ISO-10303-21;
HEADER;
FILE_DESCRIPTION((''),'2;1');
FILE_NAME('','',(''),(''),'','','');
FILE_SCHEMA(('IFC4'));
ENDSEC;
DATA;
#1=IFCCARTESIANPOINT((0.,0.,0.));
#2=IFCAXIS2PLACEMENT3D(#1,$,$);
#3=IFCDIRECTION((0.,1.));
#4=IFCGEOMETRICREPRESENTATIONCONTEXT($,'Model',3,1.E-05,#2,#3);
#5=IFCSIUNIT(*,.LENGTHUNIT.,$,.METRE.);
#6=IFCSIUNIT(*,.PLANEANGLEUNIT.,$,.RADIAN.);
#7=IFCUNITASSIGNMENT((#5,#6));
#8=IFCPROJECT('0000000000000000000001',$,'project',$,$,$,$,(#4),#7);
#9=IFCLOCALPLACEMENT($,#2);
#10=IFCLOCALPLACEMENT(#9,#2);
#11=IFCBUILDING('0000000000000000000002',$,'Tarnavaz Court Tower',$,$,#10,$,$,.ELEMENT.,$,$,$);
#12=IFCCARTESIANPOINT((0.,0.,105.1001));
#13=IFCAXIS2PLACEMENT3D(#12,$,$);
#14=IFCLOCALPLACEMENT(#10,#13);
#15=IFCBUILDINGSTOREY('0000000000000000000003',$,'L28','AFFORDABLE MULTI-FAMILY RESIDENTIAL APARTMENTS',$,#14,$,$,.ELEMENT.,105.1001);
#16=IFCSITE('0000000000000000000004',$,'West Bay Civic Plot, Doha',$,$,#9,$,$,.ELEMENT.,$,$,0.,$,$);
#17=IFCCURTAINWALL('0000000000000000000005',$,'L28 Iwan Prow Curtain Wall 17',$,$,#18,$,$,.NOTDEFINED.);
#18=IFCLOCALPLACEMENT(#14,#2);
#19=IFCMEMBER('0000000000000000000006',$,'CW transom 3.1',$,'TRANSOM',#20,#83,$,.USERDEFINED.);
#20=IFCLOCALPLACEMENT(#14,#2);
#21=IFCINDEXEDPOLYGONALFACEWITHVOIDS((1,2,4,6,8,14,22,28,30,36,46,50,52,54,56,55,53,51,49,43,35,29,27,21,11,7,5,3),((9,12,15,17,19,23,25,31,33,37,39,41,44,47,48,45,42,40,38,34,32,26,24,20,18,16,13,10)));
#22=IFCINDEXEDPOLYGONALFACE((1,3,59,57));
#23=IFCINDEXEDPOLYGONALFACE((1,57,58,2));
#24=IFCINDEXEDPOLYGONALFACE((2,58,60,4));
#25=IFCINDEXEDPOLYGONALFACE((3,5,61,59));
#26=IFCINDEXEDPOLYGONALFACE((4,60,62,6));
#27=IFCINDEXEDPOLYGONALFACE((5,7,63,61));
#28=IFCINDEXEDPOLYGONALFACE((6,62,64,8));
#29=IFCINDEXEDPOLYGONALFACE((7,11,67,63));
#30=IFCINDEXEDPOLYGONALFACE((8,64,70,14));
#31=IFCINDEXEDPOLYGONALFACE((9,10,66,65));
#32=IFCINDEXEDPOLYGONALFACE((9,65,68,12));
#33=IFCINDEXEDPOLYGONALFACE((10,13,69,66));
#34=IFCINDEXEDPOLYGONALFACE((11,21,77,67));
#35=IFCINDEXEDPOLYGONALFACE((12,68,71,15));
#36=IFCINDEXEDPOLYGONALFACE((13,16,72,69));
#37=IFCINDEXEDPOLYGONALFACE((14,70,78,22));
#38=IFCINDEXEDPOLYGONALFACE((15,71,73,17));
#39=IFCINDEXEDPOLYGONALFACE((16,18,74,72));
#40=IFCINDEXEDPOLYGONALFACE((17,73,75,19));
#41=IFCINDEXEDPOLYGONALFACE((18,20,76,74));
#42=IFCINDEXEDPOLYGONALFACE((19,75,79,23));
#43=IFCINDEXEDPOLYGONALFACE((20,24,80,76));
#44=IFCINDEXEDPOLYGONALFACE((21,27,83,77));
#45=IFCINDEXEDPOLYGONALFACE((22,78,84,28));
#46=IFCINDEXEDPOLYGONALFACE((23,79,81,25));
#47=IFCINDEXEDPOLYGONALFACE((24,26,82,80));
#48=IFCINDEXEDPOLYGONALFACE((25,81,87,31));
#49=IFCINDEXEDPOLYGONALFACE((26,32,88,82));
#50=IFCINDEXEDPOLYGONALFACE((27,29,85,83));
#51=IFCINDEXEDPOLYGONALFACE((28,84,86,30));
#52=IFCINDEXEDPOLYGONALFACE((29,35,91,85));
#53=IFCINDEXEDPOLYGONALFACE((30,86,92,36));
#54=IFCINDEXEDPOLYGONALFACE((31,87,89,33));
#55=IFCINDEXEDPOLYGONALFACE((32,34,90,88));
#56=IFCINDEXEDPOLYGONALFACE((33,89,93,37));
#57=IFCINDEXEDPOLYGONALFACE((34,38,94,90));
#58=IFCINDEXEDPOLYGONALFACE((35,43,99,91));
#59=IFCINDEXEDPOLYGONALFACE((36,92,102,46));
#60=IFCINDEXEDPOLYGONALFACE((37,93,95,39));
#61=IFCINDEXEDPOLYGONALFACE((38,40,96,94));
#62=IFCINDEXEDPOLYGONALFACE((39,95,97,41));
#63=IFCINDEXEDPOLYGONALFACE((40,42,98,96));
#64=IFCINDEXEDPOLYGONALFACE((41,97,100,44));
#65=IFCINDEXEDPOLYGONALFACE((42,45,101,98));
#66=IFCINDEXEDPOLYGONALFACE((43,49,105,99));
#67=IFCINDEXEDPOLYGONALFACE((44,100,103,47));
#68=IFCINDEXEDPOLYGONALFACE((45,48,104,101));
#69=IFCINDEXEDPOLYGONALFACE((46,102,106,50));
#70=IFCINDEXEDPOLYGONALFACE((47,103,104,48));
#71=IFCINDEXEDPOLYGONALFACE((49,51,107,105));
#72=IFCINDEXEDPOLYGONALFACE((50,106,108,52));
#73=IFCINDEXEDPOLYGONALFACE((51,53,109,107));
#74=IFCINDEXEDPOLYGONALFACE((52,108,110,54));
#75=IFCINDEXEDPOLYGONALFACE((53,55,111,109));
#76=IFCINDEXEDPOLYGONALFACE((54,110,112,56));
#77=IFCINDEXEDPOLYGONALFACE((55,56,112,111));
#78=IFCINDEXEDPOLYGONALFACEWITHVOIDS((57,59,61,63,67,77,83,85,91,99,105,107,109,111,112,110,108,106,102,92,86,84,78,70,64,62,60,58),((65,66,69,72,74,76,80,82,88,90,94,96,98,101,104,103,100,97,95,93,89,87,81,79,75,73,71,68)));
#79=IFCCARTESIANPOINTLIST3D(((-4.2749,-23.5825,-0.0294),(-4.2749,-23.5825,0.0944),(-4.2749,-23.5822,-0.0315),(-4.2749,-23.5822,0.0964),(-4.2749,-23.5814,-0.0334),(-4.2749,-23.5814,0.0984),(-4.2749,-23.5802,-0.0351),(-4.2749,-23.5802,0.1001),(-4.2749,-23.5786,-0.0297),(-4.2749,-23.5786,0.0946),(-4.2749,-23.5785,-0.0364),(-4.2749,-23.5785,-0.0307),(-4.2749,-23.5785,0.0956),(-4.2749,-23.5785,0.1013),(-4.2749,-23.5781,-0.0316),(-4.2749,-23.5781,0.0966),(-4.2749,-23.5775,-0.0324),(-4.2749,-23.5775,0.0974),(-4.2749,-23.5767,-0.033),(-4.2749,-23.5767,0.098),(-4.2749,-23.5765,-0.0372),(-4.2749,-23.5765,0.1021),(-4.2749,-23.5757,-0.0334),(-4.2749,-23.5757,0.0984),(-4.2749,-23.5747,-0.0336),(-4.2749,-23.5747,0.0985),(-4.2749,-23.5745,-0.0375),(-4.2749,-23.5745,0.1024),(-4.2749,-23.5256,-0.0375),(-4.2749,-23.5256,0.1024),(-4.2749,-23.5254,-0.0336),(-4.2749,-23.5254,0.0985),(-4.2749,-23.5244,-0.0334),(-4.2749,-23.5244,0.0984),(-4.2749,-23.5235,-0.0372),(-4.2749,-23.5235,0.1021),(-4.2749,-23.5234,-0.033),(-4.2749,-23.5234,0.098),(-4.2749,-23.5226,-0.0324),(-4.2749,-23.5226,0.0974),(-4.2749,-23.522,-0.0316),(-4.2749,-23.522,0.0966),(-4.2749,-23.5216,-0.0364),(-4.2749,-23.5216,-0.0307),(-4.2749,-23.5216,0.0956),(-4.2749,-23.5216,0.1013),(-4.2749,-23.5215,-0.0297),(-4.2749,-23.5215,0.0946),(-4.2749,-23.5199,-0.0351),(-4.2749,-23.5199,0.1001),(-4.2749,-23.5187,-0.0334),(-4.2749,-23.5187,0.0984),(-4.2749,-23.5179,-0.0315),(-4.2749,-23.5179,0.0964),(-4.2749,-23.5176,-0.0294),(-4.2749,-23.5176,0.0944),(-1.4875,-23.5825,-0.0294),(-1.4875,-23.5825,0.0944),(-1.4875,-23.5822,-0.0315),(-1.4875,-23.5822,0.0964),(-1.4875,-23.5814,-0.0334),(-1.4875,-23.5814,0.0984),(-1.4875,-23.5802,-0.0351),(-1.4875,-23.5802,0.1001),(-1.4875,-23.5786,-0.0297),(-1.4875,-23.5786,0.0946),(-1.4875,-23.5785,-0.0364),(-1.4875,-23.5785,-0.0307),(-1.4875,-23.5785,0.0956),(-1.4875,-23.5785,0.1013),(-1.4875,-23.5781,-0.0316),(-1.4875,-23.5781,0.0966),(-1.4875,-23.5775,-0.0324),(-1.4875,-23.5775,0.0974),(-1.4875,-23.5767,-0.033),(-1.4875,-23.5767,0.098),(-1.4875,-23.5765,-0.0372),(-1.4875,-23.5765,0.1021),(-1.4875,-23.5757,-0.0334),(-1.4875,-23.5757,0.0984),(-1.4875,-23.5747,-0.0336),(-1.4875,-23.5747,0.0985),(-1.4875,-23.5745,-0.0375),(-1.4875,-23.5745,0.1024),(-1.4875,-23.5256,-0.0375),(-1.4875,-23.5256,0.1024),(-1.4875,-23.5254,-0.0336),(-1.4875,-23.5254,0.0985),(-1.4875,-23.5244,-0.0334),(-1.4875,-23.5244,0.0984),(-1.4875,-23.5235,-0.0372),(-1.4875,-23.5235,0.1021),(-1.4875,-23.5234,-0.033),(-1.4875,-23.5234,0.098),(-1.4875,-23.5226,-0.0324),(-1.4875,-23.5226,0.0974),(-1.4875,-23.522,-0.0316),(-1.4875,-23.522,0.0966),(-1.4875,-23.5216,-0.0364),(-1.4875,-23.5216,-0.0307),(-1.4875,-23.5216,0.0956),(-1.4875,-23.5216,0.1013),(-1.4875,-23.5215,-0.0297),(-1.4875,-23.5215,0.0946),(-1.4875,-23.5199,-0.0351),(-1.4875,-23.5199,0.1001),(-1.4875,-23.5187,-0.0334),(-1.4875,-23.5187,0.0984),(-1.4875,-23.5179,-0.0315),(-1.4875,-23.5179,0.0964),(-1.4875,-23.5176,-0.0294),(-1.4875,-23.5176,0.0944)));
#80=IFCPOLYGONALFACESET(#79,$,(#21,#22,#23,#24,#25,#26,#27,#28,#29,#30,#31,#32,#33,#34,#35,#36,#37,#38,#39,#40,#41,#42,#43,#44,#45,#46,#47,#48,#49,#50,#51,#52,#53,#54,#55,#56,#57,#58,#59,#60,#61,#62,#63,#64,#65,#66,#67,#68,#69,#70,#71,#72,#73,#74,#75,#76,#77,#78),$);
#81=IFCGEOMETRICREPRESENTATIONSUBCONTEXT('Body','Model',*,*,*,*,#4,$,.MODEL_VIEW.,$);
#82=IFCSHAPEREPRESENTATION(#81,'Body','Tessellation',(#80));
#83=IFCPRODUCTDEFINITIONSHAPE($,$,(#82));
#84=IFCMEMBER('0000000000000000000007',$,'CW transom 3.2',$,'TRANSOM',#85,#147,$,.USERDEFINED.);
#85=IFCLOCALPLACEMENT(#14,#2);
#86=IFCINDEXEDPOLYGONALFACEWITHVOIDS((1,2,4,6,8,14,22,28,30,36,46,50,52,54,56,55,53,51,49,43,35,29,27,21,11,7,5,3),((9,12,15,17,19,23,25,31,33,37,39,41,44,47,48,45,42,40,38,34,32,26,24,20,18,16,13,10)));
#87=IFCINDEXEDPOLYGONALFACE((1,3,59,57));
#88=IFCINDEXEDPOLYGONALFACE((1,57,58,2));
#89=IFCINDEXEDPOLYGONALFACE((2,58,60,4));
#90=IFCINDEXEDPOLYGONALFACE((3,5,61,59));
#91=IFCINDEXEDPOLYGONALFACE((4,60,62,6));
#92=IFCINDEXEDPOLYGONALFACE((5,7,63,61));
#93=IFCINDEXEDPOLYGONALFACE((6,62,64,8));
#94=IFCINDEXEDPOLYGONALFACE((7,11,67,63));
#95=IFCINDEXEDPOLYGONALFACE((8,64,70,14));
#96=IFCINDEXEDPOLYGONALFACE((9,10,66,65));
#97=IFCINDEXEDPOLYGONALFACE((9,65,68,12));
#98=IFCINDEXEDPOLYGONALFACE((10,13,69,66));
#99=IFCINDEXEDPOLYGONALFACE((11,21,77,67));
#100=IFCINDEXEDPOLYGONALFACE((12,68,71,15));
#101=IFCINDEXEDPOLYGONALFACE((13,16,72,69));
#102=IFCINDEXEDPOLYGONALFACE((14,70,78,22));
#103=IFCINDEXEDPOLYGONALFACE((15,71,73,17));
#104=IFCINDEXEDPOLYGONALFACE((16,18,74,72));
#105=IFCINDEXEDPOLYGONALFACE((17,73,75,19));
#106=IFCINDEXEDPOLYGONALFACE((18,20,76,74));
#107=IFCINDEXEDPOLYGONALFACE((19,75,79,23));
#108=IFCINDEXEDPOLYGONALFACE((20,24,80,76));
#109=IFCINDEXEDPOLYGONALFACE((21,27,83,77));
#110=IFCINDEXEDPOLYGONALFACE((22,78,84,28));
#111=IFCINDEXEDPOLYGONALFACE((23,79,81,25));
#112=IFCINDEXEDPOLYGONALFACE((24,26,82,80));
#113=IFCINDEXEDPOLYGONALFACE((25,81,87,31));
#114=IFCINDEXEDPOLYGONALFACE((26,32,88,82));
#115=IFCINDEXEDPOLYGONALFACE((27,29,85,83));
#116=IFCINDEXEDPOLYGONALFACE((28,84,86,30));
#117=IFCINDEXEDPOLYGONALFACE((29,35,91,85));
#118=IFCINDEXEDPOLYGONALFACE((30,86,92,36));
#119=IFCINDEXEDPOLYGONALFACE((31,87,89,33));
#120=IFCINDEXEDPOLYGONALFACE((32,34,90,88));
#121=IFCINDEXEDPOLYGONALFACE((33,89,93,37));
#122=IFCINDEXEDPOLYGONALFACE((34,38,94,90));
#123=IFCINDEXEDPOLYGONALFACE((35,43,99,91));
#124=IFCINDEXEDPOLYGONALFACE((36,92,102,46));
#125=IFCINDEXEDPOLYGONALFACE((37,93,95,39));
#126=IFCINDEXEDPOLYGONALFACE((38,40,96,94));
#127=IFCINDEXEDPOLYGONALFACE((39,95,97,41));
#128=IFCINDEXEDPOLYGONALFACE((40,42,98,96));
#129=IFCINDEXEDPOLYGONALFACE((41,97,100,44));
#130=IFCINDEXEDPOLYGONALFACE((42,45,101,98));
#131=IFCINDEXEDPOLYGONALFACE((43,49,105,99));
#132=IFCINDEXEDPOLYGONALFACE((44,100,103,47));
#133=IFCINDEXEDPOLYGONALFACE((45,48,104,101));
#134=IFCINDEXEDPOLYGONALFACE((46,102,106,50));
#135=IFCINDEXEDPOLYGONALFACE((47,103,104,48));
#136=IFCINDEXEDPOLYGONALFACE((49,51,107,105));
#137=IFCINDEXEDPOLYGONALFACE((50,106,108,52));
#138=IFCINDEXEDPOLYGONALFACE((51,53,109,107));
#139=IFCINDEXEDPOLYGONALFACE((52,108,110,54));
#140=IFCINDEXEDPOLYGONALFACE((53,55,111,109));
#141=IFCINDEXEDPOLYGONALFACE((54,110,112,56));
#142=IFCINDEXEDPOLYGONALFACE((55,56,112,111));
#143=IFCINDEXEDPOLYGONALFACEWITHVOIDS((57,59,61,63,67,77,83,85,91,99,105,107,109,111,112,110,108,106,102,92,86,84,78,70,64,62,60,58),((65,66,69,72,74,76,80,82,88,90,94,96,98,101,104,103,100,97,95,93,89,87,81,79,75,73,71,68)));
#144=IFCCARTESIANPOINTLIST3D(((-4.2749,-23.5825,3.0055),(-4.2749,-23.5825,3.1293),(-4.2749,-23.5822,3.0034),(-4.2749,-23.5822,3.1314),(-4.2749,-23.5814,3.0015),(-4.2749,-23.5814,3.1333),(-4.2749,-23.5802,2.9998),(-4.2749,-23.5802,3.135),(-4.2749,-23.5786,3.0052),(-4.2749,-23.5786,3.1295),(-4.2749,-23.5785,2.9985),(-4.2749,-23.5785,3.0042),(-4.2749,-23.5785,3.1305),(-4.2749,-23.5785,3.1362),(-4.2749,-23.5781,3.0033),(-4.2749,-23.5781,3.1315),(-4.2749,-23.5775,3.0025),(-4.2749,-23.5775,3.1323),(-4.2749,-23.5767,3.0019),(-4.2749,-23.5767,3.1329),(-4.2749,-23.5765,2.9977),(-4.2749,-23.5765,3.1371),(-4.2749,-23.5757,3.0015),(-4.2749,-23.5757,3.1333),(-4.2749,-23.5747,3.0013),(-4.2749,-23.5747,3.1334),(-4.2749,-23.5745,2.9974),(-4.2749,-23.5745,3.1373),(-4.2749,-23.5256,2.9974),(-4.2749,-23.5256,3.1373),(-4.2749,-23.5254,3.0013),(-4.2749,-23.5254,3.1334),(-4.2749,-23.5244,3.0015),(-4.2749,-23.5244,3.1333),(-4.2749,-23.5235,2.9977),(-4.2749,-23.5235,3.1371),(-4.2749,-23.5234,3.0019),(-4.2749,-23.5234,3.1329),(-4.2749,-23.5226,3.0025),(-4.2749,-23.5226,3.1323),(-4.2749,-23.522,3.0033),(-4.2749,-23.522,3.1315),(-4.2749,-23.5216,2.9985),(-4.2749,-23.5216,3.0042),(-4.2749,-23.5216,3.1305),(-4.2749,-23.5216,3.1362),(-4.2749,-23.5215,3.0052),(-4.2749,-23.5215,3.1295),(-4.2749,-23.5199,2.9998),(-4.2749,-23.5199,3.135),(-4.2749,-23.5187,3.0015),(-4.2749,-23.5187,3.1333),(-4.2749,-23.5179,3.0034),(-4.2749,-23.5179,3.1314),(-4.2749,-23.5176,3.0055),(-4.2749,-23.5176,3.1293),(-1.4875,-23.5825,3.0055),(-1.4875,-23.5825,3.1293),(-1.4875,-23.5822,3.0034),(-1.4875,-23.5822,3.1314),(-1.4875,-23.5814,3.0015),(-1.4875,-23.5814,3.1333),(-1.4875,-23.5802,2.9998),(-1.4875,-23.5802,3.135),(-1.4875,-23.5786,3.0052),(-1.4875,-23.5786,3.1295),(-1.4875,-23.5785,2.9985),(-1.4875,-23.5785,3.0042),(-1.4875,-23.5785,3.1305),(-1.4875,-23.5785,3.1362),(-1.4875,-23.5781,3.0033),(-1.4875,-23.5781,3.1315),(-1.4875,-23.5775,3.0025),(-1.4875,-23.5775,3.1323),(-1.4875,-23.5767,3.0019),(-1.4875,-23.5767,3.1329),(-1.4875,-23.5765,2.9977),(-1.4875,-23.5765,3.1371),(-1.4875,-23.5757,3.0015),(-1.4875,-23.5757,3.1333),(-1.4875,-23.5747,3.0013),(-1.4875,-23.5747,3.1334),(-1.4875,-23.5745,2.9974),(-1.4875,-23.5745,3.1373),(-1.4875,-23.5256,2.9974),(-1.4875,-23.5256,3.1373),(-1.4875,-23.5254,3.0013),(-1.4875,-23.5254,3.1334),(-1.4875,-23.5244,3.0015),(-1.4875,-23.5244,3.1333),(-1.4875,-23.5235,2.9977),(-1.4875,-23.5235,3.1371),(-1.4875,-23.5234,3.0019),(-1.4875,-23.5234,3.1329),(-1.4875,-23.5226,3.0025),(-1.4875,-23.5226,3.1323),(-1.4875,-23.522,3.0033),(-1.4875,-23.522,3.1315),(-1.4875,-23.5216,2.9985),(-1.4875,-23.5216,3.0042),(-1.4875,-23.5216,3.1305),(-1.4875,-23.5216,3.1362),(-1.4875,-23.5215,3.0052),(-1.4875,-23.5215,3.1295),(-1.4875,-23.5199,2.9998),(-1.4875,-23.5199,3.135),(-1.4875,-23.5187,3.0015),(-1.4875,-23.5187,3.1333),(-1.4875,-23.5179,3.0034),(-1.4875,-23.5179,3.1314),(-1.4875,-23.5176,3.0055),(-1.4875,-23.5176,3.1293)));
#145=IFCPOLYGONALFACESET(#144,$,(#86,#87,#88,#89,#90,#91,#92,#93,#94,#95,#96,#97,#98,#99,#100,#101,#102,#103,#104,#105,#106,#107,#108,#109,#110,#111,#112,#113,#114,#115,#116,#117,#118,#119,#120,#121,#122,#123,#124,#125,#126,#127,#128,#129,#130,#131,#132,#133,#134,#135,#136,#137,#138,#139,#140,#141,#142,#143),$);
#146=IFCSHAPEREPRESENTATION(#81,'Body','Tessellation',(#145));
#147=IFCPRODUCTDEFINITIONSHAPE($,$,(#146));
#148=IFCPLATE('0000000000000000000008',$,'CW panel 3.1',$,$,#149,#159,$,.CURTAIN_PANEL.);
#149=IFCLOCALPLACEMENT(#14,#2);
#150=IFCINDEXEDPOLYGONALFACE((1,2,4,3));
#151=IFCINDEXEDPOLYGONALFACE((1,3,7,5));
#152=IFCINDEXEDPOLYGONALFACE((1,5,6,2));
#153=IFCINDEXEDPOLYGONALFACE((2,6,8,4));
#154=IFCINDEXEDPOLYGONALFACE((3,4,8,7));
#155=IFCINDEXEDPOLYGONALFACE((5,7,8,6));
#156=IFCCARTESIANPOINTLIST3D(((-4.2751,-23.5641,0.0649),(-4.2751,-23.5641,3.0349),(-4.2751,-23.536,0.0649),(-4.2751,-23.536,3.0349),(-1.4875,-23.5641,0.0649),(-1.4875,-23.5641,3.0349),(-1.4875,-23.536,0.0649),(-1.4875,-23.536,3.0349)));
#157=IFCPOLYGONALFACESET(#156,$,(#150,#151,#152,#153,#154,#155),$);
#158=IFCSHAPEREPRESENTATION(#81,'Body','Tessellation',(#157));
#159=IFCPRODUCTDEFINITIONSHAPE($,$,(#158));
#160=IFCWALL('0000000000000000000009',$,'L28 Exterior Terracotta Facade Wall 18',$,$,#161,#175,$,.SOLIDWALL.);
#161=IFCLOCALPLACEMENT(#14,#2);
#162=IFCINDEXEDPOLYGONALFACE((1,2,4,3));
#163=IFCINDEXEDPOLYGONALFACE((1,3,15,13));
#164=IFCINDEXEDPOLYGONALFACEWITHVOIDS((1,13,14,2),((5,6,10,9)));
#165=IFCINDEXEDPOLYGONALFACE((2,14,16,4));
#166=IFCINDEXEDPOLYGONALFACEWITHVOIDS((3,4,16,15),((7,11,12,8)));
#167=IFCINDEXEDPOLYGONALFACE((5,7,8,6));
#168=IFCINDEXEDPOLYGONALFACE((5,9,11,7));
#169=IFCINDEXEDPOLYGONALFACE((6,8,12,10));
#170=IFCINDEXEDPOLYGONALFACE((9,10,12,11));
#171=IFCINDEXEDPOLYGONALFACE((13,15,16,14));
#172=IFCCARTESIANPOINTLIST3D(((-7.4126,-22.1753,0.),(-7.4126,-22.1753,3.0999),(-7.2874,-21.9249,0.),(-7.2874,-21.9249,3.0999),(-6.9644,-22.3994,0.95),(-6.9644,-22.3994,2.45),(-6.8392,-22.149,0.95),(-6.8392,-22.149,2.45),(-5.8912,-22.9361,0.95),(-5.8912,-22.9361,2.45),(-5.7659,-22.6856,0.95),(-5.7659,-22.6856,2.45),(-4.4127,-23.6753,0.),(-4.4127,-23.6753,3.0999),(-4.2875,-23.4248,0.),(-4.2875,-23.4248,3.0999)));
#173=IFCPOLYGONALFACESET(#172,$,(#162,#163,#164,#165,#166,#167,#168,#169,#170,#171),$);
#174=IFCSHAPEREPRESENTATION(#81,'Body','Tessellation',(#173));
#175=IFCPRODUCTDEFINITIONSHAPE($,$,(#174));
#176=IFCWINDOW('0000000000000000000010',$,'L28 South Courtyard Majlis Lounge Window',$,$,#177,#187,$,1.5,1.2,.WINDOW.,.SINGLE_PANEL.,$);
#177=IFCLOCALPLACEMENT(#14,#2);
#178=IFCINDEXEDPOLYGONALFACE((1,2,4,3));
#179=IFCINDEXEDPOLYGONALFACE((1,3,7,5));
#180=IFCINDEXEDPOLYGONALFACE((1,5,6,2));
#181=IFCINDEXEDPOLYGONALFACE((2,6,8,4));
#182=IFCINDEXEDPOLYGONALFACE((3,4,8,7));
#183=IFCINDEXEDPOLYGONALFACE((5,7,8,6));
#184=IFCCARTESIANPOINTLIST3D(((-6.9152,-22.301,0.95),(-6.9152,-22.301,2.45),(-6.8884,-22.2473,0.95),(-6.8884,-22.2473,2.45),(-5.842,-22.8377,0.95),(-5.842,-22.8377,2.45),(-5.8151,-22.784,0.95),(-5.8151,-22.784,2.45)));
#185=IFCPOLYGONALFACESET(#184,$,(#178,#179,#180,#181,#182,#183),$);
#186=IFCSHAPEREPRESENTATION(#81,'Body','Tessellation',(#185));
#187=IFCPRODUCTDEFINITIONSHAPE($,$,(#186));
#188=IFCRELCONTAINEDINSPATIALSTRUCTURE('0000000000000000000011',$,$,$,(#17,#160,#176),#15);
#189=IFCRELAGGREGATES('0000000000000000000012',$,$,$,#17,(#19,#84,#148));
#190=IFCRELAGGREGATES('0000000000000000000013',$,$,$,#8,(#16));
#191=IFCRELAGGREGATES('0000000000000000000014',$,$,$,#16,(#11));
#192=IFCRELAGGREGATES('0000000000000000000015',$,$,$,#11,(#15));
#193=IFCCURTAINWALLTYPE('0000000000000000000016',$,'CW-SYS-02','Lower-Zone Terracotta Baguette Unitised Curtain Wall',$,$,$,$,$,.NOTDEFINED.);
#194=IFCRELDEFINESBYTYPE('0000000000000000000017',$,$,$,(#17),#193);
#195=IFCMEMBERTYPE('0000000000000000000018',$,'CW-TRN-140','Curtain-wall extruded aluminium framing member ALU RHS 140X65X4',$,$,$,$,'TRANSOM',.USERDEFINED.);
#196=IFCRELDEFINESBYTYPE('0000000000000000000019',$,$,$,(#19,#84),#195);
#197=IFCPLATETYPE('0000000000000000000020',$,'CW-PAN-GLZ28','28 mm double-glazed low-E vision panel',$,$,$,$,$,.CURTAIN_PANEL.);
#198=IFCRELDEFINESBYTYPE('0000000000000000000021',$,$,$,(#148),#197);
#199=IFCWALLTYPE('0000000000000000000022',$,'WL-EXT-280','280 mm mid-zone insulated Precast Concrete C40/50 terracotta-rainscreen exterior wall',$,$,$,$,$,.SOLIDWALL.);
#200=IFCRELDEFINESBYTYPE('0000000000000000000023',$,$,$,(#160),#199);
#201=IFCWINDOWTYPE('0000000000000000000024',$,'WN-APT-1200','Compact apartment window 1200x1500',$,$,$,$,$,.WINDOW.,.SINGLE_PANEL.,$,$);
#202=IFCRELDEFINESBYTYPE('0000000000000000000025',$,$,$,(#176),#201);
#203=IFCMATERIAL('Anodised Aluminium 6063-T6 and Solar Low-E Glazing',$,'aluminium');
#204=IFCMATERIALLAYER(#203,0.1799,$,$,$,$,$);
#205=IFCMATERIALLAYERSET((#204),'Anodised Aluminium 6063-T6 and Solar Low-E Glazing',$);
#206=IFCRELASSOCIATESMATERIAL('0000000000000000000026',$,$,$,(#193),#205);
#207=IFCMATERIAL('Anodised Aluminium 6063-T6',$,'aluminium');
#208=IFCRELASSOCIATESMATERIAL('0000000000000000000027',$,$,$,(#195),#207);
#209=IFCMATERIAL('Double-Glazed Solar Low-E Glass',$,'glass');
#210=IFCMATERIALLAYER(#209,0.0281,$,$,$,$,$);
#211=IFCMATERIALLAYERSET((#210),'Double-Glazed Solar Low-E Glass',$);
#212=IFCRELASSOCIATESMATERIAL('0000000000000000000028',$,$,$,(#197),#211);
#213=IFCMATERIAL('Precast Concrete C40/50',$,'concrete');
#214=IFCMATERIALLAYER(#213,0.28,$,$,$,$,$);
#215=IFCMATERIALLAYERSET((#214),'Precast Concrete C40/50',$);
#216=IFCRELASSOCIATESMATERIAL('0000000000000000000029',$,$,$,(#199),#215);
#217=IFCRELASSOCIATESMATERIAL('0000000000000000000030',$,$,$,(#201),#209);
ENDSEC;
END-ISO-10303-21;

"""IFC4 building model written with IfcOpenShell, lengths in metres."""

from ifc_helpers import new_model, si_unit, direction, frame, frame_2d, origin, origin_2d, place, context, subcontext, project, spatial, rectangle, hollow_rectangle, extrude, material, layer, layer_set, material_profile, profile_set, type_object, element, fill, aggregate, save


model = new_model("IFC4")

# Units and contexts
model_context = context("Model", 3, precision=1e-05, world=origin(), true_north=direction((0.0, 1.0)))
body_context = subcontext(model_context, "Body", "Model", "MODEL_VIEW")
ifc_project = project(units=[si_unit("LENGTHUNIT", "METRE"), si_unit("PLANEANGLEUNIT", "RADIAN")], contexts=[model_context])

# Site, building, storey
site_placement = place(None, origin())
site = spatial("IfcSite", under=ifc_project, at=site_placement, Name="West Bay Civic Plot, Doha", CompositionType="ELEMENT", RefElevation=0.0)
building_placement = place(site_placement, origin())
building = spatial("IfcBuilding", under=site, at=building_placement, Name="Tarnavaz Court Tower", CompositionType="ELEMENT")
storey_placement = place(building_placement, frame((0.0, 0.0, 105.1001)))
storey = spatial("IfcBuildingStorey", under=building, at=storey_placement, Name="L28", Description="AFFORDABLE MULTI-FAMILY RESIDENTIAL APARTMENTS", CompositionType="ELEMENT", Elevation=105.1001)

# Curtain wall, members, plate
ifc_material_1 = material(Name="Anodised Aluminium 6063-T6 and Solar Low-E Glazing", Category="aluminium")
ifc_layer_1 = layer(ifc_material_1, 0.1799)
ifc_layer_set_1 = layer_set([ifc_layer_1], Name="Anodised Aluminium 6063-T6 and Solar Low-E Glazing")
curtain_wall_type = type_object("IfcCurtainWallType", Name="CW-SYS-02", Description="Lower-Zone Terracotta Baguette Unitised Curtain Wall", PredefinedType="NOTDEFINED", material=ifc_layer_set_1)
curtain_wall_placement = place(storey_placement, origin())
curtain_wall = element("IfcCurtainWall", 1, at=curtain_wall_placement, inside=storey, type_object=curtain_wall_type, Name="L28 Iwan Prow Curtain Wall 17", PredefinedType="NOTDEFINED")
ifc_material_2 = material(Name="Anodised Aluminium 6063-T6", Category="aluminium")
ifc_material_profile_1 = material_profile(ifc_material_2, hollow_rectangle(XDim=0.0649, YDim=0.1399, WallThickness=0.0039, InnerFilletRadius=0.0039, OuterFilletRadius=0.0081, at=origin_2d()), Name="ALU RHS 140X65X4")
ifc_profile_set_1 = profile_set([ifc_material_profile_1], Name="Anodised Aluminium 6063-T6")
member_type_1 = type_object("IfcMemberType", Name="CW-TRN-140", Description="Curtain-wall extruded aluminium framing member ALU RHS 140X65X4", ElementType="TRANSOM", PredefinedType="USERDEFINED", material=ifc_profile_set_1)
member_1_placement = place(storey_placement, frame((-1.4875, -23.55, 0.0325), z_axis=(-1.0, 0.0, 0.0), x_axis=(0.0, -1.0, 0.0)))
member_1 = element("IfcMember", 2, at=member_1_placement, type_object=member_type_1, Name="CW transom 3.1", ObjectType="TRANSOM", PredefinedType="USERDEFINED", context=body_context, shape_type="SweptSolid", body=[
    extrude(hollow_rectangle(XDim=0.0649, YDim=0.1399, WallThickness=0.0039, InnerFilletRadius=0.0039, OuterFilletRadius=0.0081, at=origin_2d()), origin(), (0.0, 0.0, 1.0), 2.7874),
])
member_2_placement = place(storey_placement, frame((-1.4875, -23.55, 3.0674), z_axis=(-1.0, 0.0, 0.0), x_axis=(0.0, -1.0, 0.0)))
member_2 = element("IfcMember", 3, at=member_2_placement, type_object=member_type_1, Name="CW transom 3.2", ObjectType="TRANSOM", PredefinedType="USERDEFINED", context=body_context, shape_type="SweptSolid", body=[
    extrude(hollow_rectangle(XDim=0.0649, YDim=0.1399, WallThickness=0.0039, InnerFilletRadius=0.0039, OuterFilletRadius=0.0081, at=origin_2d()), origin(), (0.0, 0.0, 1.0), 2.7874),
])
ifc_material_3 = material(Name="Double-Glazed Solar Low-E Glass", Category="glass")
ifc_layer_2 = layer(ifc_material_3, 0.0281)
ifc_layer_set_2 = layer_set([ifc_layer_2], Name="Double-Glazed Solar Low-E Glass")
plate_type = type_object("IfcPlateType", Name="CW-PAN-GLZ28", Description="28 mm double-glazed low-E vision panel", PredefinedType="CURTAIN_PANEL", material=ifc_layer_set_2)
plate_placement = place(storey_placement, frame((-2.8813, -23.55, 0.0649), z_axis=(0.0, 0.0, 1.0), x_axis=(-1.0, 0.0, 0.0)))
plate = element("IfcPlate", 4, at=plate_placement, type_object=plate_type, Name="CW panel 3.1", PredefinedType="CURTAIN_PANEL", context=body_context, shape_type="SweptSolid", body=[
    extrude(rectangle(XDim=2.7876, YDim=0.0281, at=origin_2d()), origin(), (0.0, 0.0, 1.0), 2.97),
])
aggregate(curtain_wall, [member_1, member_2, plate])

# Wall, opening, window
ifc_material_4 = material(Name="Precast Concrete C40/50", Category="concrete")
ifc_layer_3 = layer(ifc_material_4, 0.28)
ifc_layer_set_3 = layer_set([ifc_layer_3], Name="Precast Concrete C40/50")
wall_type_1 = type_object("IfcWallType", Name="WL-EXT-280", Description="280 mm mid-zone insulated Precast Concrete C40/50 terracotta-rainscreen exterior wall", PredefinedType="SOLIDWALL", material=ifc_layer_set_3)
wall_1_placement = place(storey_placement, frame((-4.3501, -23.55, 0.0), z_axis=(0.0, 0.0, 1.0), x_axis=(-0.894427, 0.447214, 0.0)))
wall_1 = element("IfcWall", 5, at=wall_1_placement, inside=storey, type_object=wall_type_1, Name="L28 Exterior Terracotta Facade Wall 18", PredefinedType="SOLIDWALL", context=body_context, shape_type="SweptSolid", body=[
    extrude(rectangle(XDim=3.354, YDim=0.28, at=frame_2d((1.677, 0.0))), origin(), (0.0, 0.0, 1.0), 3.0999),
])
opening_1_placement = place(wall_1_placement, frame((1.6528, 0.0, 0.95)))
opening_1 = element("IfcOpeningElement", 6, at=opening_1_placement, cuts=wall_1, PredefinedType="OPENING", context=body_context, shape_type="SweptSolid", body=[
    extrude(rectangle(XDim=1.2, YDim=1.5, at=frame_2d((0.6001, 0.75))), frame((0.0, 0.1499, 0.0), z_axis=(0.0, -1.0, 0.0), x_axis=(1.0, 0.0, 0.0)), (0.0, 0.0, 1.0), 0.3),
])
window_type_1 = type_object("IfcWindowType", Name="WN-APT-1200", Description="Compact apartment window 1200x1500", PartitioningType="SINGLE_PANEL", PredefinedType="WINDOW", material=ifc_material_3)
window_1_placement = place(opening_1_placement, origin())
window_1 = element("IfcWindow", 7, at=window_1_placement, inside=storey, type_object=window_type_1, Name="L28 South Courtyard Majlis Lounge Window", OverallHeight=1.5, OverallWidth=1.2, PartitioningType="SINGLE_PANEL", PredefinedType="WINDOW", context=body_context, shape_type="SweptSolid", body=[
    extrude(rectangle(XDim=1.2, YDim=1.5, at=frame_2d((0.6001, 0.75))), frame((0.0, 0.03, 0.0), z_axis=(0.0, -1.0, 0.0), x_axis=(1.0, 0.0, 0.0)), (0.0, 0.0, 1.0), 0.0601),
])
fill(opening_1, window_1)

save(model, "model.ifc")
